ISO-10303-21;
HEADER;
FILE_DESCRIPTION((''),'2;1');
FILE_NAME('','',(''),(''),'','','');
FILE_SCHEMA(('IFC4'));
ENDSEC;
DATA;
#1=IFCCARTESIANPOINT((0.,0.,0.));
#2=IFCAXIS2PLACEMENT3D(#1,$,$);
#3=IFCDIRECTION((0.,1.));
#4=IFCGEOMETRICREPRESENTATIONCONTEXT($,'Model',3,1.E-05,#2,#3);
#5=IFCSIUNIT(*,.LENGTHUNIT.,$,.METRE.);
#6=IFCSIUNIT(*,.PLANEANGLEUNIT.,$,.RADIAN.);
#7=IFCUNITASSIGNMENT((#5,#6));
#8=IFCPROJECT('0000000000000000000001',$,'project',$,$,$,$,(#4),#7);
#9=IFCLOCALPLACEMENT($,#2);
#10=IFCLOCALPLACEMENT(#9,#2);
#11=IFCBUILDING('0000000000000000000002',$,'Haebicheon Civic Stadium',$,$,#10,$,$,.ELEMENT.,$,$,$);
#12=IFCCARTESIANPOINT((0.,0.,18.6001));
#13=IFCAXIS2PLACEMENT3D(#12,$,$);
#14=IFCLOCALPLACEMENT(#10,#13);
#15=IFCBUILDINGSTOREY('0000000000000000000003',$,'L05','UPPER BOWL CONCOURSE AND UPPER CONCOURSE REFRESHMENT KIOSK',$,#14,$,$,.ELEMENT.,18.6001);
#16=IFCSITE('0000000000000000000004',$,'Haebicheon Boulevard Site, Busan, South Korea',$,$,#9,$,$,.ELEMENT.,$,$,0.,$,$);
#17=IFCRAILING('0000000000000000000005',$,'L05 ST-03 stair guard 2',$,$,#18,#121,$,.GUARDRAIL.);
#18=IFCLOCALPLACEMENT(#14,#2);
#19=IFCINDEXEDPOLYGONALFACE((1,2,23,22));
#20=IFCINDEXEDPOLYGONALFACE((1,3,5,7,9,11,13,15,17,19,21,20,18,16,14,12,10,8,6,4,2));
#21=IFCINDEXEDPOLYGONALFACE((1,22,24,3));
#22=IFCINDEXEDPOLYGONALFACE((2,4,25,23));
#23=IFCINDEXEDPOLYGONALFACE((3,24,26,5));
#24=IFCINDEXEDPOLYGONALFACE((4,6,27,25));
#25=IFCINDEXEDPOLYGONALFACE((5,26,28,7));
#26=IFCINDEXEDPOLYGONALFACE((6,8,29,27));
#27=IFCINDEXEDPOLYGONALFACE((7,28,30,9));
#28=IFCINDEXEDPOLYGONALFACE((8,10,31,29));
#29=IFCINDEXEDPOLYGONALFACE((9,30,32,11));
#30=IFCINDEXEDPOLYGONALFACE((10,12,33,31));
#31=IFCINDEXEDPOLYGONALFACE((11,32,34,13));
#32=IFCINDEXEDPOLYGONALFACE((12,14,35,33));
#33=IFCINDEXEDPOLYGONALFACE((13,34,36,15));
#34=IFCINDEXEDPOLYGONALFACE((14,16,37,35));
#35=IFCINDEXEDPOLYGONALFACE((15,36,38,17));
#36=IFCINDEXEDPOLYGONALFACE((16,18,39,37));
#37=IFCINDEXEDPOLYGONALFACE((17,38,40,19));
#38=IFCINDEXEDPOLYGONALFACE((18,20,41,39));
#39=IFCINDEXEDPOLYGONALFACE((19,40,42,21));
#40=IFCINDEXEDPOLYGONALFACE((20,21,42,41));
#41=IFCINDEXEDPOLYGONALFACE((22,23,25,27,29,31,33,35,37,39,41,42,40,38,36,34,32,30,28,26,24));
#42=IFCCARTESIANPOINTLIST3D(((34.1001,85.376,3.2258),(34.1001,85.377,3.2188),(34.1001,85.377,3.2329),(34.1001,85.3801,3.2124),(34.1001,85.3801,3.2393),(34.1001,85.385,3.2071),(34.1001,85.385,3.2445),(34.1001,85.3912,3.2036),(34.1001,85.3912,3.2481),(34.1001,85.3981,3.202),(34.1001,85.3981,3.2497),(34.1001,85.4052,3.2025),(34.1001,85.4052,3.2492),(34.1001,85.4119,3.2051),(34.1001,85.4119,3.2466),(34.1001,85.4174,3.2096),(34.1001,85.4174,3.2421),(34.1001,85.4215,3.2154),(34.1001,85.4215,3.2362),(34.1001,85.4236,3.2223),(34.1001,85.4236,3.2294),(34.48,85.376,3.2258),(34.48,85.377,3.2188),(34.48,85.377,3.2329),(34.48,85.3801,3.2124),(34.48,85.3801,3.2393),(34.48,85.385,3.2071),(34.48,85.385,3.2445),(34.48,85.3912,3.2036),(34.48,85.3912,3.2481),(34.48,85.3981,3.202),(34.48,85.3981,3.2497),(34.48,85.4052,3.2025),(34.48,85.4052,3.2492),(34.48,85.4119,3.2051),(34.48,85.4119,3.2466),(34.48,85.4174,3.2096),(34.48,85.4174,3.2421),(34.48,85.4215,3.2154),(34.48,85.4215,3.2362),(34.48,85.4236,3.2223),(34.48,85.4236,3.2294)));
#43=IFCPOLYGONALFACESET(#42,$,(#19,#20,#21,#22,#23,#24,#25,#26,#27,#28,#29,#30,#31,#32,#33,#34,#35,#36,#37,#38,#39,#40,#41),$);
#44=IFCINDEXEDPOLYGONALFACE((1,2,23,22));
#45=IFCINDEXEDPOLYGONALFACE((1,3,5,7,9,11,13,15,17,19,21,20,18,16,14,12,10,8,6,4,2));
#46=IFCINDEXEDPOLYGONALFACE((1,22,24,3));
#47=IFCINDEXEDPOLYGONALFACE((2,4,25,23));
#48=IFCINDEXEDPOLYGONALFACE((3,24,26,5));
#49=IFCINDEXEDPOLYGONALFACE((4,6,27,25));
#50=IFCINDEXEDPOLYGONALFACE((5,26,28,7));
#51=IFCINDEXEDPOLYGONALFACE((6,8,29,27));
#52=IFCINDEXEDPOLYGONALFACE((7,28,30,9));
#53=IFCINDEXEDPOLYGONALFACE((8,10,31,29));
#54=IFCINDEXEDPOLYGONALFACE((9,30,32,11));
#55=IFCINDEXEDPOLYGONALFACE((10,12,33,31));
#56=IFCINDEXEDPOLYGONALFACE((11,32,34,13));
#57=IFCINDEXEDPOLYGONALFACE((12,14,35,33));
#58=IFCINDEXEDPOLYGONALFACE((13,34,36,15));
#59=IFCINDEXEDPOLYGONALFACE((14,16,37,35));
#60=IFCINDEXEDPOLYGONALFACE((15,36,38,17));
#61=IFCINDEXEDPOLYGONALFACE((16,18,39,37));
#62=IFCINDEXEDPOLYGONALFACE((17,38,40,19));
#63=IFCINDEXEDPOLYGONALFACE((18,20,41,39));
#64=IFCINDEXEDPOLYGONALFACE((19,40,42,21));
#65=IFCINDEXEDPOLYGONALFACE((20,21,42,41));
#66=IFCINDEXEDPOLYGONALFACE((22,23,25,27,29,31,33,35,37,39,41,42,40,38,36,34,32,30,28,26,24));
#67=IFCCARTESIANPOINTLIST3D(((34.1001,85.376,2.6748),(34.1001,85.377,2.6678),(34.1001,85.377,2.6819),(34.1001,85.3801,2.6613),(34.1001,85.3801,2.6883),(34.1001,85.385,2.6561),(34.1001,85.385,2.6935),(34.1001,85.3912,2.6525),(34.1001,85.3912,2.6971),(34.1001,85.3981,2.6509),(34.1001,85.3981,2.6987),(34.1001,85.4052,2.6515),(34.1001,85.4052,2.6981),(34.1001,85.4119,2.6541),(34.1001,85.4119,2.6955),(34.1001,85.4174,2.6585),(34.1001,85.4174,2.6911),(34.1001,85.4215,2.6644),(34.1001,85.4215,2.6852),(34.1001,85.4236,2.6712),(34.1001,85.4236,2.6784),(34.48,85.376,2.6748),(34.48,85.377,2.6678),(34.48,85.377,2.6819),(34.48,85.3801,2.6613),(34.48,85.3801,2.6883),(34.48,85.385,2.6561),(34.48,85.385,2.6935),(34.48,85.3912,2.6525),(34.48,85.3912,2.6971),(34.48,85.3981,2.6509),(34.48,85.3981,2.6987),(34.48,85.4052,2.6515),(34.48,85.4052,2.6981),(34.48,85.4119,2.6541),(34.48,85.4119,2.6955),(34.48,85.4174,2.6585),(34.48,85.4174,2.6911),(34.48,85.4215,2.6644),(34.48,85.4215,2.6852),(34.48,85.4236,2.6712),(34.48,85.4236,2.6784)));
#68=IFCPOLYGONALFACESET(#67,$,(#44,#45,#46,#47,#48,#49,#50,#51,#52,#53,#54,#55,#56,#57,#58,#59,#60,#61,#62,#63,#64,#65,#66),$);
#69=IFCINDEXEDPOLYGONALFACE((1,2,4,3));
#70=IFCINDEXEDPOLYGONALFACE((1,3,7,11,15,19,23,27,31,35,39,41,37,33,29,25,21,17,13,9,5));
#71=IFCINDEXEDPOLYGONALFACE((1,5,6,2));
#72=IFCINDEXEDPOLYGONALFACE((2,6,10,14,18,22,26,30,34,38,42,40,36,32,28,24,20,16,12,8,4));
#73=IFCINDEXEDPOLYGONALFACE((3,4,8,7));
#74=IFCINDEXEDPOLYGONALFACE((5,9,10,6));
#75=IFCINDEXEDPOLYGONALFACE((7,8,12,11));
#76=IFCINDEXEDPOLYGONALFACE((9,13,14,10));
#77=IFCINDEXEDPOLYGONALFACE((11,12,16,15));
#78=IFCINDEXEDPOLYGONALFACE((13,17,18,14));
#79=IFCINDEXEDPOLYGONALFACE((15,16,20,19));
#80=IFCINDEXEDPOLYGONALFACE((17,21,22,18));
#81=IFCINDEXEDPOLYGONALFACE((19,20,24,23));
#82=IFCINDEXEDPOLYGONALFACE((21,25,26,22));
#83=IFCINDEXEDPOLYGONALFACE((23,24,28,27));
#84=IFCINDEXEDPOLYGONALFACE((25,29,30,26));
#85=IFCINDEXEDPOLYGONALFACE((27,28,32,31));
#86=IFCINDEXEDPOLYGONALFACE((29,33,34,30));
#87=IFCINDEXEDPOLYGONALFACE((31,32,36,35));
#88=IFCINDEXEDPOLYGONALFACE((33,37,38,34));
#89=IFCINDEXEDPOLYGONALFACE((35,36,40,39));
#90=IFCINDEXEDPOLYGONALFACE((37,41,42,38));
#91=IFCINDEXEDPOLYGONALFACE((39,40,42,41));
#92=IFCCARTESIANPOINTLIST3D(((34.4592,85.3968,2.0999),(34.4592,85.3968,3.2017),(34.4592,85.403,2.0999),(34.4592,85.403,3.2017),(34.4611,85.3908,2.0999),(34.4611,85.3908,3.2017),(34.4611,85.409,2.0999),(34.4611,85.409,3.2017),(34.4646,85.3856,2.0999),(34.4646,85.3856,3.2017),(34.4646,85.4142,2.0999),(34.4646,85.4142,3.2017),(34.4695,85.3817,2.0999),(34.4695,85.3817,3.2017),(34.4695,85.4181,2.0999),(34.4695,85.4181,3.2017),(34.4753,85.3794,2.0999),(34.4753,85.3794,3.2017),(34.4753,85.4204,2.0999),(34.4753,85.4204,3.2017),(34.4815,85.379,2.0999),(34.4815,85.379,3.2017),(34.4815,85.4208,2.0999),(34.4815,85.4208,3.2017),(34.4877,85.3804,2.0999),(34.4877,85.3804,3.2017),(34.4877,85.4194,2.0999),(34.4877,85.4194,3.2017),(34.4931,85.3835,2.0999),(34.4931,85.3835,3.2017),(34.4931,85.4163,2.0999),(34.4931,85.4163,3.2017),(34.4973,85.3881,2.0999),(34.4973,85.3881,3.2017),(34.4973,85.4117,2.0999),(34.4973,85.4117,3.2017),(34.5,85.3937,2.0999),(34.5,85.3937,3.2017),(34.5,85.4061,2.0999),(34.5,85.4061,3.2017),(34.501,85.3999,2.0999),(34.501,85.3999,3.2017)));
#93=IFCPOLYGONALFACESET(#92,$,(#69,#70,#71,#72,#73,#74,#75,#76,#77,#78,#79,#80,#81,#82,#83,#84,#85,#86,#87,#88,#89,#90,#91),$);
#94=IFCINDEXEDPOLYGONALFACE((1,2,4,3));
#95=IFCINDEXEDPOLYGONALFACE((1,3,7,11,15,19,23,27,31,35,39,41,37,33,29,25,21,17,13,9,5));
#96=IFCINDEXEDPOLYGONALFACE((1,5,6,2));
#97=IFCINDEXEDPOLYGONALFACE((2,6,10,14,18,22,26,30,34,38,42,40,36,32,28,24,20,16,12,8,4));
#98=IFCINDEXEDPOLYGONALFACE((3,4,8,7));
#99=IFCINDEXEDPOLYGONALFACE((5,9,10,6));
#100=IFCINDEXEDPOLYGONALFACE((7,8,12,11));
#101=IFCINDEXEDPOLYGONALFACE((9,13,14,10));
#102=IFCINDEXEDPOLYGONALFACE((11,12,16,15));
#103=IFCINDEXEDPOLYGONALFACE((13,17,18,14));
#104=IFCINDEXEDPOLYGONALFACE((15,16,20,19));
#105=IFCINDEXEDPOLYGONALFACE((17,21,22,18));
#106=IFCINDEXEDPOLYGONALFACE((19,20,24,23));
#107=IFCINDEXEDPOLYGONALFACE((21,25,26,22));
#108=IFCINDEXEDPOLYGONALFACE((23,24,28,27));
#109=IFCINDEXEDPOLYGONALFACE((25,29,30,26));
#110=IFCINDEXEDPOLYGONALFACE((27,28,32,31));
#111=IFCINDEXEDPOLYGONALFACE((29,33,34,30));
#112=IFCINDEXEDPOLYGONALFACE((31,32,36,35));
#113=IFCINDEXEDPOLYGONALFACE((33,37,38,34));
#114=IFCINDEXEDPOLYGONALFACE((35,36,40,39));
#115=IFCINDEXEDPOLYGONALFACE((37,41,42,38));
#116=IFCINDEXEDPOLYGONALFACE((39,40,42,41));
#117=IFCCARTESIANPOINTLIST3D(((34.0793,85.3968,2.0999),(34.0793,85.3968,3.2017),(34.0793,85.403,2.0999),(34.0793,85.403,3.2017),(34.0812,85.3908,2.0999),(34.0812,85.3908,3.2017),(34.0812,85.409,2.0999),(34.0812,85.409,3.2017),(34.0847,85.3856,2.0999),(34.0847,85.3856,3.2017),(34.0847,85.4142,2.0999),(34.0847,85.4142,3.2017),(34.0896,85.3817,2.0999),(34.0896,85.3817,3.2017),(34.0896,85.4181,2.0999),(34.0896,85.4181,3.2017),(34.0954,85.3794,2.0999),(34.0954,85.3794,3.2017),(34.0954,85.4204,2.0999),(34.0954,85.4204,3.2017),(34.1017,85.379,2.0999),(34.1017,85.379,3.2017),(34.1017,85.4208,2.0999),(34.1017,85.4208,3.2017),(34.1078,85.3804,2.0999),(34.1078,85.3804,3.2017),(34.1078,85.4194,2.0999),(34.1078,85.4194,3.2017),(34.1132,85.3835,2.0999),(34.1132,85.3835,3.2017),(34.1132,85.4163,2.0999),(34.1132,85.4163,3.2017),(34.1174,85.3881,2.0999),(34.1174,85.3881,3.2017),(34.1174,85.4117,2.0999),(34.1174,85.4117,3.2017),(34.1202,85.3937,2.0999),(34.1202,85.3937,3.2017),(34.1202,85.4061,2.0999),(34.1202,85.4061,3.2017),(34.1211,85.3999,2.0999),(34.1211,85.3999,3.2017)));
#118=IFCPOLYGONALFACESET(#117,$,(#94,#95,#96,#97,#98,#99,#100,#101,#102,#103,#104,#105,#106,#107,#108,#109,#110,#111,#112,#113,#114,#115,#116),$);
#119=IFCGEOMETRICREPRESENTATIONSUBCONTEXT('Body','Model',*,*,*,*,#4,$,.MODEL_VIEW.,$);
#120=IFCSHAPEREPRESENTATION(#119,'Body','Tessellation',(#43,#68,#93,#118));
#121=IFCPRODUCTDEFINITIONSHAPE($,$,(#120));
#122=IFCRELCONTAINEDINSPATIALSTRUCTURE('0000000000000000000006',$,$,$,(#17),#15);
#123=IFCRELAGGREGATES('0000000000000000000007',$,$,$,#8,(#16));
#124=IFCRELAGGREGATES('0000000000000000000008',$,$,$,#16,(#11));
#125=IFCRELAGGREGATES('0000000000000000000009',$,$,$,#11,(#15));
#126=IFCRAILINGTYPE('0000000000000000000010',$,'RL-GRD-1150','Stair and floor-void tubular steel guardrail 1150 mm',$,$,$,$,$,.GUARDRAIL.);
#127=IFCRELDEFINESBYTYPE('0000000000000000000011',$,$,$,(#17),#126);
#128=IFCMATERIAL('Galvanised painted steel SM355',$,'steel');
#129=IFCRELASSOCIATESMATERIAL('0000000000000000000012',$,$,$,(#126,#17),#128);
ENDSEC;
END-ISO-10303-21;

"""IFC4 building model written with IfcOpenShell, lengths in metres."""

from ifc_helpers import new_model, si_unit, direction, frame, origin, origin_2d, place, context, subcontext, project, spatial, circle, extrude, material, type_object, element, save


model = new_model("IFC4")

# Units and contexts
model_context = context("Model", 3, precision=1e-05, world=origin(), true_north=direction((0.0, 1.0)))
body_context = subcontext(model_context, "Body", "Model", "MODEL_VIEW")
ifc_project = project(units=[si_unit("LENGTHUNIT", "METRE"), si_unit("PLANEANGLEUNIT", "RADIAN")], contexts=[model_context])

# Site, building, storey
site_placement = place(None, origin())
site = spatial("IfcSite", under=ifc_project, at=site_placement, Name="Haebicheon Boulevard Site, Busan, South Korea", CompositionType="ELEMENT", RefElevation=0.0)
building_placement = place(site_placement, origin())
building = spatial("IfcBuilding", under=site, at=building_placement, Name="Haebicheon Civic Stadium", CompositionType="ELEMENT")
storey_placement = place(building_placement, frame((0.0, 0.0, 18.6001)))
storey = spatial("IfcBuildingStorey", under=building, at=storey_placement, Name="L05", Description="UPPER BOWL CONCOURSE AND UPPER CONCOURSE REFRESHMENT KIOSK", CompositionType="ELEMENT", Elevation=18.6001)

# Railing
ifc_material_1 = material(Name="Galvanised painted steel SM355", Category="steel")
railing_type_1 = type_object("IfcRailingType", Name="RL-GRD-1150", Description="Stair and floor-void tubular steel guardrail 1150 mm", PredefinedType="GUARDRAIL", material=ifc_material_1)
railing_1_placement = place(storey_placement, frame((34.48, 85.3999, 2.0999)))
element("IfcRailing", 1, at=railing_1_placement, inside=storey, type_object=railing_type_1, material=ifc_material_1, Name="L05 ST-03 stair guard 2", PredefinedType="GUARDRAIL", context=body_context, shape_type="SweptSolid", body=[
    extrude(circle(Radius=0.0239, at=origin_2d()), frame((0.0, 0.0, 1.126), z_axis=(-1.0, 0.0, 0.0), x_axis=(0.0, -1.0, 0.0)), (0.0, 0.0, 1.0), 0.3799),
    extrude(circle(Radius=0.0239, at=origin_2d()), frame((0.0, 0.0, 0.575), z_axis=(-1.0, 0.0, 0.0), x_axis=(0.0, -1.0, 0.0)), (0.0, 0.0, 1.0), 0.3799),
    extrude(circle(Radius=0.021, at=origin_2d()), origin(), (0.0, 0.0, 1.0), 1.1018),
    extrude(circle(Radius=0.021, at=origin_2d()), frame((-0.3799, 0.0, 0.0)), (0.0, 0.0, 1.0), 1.1018),
])

save(model, "model.ifc")
